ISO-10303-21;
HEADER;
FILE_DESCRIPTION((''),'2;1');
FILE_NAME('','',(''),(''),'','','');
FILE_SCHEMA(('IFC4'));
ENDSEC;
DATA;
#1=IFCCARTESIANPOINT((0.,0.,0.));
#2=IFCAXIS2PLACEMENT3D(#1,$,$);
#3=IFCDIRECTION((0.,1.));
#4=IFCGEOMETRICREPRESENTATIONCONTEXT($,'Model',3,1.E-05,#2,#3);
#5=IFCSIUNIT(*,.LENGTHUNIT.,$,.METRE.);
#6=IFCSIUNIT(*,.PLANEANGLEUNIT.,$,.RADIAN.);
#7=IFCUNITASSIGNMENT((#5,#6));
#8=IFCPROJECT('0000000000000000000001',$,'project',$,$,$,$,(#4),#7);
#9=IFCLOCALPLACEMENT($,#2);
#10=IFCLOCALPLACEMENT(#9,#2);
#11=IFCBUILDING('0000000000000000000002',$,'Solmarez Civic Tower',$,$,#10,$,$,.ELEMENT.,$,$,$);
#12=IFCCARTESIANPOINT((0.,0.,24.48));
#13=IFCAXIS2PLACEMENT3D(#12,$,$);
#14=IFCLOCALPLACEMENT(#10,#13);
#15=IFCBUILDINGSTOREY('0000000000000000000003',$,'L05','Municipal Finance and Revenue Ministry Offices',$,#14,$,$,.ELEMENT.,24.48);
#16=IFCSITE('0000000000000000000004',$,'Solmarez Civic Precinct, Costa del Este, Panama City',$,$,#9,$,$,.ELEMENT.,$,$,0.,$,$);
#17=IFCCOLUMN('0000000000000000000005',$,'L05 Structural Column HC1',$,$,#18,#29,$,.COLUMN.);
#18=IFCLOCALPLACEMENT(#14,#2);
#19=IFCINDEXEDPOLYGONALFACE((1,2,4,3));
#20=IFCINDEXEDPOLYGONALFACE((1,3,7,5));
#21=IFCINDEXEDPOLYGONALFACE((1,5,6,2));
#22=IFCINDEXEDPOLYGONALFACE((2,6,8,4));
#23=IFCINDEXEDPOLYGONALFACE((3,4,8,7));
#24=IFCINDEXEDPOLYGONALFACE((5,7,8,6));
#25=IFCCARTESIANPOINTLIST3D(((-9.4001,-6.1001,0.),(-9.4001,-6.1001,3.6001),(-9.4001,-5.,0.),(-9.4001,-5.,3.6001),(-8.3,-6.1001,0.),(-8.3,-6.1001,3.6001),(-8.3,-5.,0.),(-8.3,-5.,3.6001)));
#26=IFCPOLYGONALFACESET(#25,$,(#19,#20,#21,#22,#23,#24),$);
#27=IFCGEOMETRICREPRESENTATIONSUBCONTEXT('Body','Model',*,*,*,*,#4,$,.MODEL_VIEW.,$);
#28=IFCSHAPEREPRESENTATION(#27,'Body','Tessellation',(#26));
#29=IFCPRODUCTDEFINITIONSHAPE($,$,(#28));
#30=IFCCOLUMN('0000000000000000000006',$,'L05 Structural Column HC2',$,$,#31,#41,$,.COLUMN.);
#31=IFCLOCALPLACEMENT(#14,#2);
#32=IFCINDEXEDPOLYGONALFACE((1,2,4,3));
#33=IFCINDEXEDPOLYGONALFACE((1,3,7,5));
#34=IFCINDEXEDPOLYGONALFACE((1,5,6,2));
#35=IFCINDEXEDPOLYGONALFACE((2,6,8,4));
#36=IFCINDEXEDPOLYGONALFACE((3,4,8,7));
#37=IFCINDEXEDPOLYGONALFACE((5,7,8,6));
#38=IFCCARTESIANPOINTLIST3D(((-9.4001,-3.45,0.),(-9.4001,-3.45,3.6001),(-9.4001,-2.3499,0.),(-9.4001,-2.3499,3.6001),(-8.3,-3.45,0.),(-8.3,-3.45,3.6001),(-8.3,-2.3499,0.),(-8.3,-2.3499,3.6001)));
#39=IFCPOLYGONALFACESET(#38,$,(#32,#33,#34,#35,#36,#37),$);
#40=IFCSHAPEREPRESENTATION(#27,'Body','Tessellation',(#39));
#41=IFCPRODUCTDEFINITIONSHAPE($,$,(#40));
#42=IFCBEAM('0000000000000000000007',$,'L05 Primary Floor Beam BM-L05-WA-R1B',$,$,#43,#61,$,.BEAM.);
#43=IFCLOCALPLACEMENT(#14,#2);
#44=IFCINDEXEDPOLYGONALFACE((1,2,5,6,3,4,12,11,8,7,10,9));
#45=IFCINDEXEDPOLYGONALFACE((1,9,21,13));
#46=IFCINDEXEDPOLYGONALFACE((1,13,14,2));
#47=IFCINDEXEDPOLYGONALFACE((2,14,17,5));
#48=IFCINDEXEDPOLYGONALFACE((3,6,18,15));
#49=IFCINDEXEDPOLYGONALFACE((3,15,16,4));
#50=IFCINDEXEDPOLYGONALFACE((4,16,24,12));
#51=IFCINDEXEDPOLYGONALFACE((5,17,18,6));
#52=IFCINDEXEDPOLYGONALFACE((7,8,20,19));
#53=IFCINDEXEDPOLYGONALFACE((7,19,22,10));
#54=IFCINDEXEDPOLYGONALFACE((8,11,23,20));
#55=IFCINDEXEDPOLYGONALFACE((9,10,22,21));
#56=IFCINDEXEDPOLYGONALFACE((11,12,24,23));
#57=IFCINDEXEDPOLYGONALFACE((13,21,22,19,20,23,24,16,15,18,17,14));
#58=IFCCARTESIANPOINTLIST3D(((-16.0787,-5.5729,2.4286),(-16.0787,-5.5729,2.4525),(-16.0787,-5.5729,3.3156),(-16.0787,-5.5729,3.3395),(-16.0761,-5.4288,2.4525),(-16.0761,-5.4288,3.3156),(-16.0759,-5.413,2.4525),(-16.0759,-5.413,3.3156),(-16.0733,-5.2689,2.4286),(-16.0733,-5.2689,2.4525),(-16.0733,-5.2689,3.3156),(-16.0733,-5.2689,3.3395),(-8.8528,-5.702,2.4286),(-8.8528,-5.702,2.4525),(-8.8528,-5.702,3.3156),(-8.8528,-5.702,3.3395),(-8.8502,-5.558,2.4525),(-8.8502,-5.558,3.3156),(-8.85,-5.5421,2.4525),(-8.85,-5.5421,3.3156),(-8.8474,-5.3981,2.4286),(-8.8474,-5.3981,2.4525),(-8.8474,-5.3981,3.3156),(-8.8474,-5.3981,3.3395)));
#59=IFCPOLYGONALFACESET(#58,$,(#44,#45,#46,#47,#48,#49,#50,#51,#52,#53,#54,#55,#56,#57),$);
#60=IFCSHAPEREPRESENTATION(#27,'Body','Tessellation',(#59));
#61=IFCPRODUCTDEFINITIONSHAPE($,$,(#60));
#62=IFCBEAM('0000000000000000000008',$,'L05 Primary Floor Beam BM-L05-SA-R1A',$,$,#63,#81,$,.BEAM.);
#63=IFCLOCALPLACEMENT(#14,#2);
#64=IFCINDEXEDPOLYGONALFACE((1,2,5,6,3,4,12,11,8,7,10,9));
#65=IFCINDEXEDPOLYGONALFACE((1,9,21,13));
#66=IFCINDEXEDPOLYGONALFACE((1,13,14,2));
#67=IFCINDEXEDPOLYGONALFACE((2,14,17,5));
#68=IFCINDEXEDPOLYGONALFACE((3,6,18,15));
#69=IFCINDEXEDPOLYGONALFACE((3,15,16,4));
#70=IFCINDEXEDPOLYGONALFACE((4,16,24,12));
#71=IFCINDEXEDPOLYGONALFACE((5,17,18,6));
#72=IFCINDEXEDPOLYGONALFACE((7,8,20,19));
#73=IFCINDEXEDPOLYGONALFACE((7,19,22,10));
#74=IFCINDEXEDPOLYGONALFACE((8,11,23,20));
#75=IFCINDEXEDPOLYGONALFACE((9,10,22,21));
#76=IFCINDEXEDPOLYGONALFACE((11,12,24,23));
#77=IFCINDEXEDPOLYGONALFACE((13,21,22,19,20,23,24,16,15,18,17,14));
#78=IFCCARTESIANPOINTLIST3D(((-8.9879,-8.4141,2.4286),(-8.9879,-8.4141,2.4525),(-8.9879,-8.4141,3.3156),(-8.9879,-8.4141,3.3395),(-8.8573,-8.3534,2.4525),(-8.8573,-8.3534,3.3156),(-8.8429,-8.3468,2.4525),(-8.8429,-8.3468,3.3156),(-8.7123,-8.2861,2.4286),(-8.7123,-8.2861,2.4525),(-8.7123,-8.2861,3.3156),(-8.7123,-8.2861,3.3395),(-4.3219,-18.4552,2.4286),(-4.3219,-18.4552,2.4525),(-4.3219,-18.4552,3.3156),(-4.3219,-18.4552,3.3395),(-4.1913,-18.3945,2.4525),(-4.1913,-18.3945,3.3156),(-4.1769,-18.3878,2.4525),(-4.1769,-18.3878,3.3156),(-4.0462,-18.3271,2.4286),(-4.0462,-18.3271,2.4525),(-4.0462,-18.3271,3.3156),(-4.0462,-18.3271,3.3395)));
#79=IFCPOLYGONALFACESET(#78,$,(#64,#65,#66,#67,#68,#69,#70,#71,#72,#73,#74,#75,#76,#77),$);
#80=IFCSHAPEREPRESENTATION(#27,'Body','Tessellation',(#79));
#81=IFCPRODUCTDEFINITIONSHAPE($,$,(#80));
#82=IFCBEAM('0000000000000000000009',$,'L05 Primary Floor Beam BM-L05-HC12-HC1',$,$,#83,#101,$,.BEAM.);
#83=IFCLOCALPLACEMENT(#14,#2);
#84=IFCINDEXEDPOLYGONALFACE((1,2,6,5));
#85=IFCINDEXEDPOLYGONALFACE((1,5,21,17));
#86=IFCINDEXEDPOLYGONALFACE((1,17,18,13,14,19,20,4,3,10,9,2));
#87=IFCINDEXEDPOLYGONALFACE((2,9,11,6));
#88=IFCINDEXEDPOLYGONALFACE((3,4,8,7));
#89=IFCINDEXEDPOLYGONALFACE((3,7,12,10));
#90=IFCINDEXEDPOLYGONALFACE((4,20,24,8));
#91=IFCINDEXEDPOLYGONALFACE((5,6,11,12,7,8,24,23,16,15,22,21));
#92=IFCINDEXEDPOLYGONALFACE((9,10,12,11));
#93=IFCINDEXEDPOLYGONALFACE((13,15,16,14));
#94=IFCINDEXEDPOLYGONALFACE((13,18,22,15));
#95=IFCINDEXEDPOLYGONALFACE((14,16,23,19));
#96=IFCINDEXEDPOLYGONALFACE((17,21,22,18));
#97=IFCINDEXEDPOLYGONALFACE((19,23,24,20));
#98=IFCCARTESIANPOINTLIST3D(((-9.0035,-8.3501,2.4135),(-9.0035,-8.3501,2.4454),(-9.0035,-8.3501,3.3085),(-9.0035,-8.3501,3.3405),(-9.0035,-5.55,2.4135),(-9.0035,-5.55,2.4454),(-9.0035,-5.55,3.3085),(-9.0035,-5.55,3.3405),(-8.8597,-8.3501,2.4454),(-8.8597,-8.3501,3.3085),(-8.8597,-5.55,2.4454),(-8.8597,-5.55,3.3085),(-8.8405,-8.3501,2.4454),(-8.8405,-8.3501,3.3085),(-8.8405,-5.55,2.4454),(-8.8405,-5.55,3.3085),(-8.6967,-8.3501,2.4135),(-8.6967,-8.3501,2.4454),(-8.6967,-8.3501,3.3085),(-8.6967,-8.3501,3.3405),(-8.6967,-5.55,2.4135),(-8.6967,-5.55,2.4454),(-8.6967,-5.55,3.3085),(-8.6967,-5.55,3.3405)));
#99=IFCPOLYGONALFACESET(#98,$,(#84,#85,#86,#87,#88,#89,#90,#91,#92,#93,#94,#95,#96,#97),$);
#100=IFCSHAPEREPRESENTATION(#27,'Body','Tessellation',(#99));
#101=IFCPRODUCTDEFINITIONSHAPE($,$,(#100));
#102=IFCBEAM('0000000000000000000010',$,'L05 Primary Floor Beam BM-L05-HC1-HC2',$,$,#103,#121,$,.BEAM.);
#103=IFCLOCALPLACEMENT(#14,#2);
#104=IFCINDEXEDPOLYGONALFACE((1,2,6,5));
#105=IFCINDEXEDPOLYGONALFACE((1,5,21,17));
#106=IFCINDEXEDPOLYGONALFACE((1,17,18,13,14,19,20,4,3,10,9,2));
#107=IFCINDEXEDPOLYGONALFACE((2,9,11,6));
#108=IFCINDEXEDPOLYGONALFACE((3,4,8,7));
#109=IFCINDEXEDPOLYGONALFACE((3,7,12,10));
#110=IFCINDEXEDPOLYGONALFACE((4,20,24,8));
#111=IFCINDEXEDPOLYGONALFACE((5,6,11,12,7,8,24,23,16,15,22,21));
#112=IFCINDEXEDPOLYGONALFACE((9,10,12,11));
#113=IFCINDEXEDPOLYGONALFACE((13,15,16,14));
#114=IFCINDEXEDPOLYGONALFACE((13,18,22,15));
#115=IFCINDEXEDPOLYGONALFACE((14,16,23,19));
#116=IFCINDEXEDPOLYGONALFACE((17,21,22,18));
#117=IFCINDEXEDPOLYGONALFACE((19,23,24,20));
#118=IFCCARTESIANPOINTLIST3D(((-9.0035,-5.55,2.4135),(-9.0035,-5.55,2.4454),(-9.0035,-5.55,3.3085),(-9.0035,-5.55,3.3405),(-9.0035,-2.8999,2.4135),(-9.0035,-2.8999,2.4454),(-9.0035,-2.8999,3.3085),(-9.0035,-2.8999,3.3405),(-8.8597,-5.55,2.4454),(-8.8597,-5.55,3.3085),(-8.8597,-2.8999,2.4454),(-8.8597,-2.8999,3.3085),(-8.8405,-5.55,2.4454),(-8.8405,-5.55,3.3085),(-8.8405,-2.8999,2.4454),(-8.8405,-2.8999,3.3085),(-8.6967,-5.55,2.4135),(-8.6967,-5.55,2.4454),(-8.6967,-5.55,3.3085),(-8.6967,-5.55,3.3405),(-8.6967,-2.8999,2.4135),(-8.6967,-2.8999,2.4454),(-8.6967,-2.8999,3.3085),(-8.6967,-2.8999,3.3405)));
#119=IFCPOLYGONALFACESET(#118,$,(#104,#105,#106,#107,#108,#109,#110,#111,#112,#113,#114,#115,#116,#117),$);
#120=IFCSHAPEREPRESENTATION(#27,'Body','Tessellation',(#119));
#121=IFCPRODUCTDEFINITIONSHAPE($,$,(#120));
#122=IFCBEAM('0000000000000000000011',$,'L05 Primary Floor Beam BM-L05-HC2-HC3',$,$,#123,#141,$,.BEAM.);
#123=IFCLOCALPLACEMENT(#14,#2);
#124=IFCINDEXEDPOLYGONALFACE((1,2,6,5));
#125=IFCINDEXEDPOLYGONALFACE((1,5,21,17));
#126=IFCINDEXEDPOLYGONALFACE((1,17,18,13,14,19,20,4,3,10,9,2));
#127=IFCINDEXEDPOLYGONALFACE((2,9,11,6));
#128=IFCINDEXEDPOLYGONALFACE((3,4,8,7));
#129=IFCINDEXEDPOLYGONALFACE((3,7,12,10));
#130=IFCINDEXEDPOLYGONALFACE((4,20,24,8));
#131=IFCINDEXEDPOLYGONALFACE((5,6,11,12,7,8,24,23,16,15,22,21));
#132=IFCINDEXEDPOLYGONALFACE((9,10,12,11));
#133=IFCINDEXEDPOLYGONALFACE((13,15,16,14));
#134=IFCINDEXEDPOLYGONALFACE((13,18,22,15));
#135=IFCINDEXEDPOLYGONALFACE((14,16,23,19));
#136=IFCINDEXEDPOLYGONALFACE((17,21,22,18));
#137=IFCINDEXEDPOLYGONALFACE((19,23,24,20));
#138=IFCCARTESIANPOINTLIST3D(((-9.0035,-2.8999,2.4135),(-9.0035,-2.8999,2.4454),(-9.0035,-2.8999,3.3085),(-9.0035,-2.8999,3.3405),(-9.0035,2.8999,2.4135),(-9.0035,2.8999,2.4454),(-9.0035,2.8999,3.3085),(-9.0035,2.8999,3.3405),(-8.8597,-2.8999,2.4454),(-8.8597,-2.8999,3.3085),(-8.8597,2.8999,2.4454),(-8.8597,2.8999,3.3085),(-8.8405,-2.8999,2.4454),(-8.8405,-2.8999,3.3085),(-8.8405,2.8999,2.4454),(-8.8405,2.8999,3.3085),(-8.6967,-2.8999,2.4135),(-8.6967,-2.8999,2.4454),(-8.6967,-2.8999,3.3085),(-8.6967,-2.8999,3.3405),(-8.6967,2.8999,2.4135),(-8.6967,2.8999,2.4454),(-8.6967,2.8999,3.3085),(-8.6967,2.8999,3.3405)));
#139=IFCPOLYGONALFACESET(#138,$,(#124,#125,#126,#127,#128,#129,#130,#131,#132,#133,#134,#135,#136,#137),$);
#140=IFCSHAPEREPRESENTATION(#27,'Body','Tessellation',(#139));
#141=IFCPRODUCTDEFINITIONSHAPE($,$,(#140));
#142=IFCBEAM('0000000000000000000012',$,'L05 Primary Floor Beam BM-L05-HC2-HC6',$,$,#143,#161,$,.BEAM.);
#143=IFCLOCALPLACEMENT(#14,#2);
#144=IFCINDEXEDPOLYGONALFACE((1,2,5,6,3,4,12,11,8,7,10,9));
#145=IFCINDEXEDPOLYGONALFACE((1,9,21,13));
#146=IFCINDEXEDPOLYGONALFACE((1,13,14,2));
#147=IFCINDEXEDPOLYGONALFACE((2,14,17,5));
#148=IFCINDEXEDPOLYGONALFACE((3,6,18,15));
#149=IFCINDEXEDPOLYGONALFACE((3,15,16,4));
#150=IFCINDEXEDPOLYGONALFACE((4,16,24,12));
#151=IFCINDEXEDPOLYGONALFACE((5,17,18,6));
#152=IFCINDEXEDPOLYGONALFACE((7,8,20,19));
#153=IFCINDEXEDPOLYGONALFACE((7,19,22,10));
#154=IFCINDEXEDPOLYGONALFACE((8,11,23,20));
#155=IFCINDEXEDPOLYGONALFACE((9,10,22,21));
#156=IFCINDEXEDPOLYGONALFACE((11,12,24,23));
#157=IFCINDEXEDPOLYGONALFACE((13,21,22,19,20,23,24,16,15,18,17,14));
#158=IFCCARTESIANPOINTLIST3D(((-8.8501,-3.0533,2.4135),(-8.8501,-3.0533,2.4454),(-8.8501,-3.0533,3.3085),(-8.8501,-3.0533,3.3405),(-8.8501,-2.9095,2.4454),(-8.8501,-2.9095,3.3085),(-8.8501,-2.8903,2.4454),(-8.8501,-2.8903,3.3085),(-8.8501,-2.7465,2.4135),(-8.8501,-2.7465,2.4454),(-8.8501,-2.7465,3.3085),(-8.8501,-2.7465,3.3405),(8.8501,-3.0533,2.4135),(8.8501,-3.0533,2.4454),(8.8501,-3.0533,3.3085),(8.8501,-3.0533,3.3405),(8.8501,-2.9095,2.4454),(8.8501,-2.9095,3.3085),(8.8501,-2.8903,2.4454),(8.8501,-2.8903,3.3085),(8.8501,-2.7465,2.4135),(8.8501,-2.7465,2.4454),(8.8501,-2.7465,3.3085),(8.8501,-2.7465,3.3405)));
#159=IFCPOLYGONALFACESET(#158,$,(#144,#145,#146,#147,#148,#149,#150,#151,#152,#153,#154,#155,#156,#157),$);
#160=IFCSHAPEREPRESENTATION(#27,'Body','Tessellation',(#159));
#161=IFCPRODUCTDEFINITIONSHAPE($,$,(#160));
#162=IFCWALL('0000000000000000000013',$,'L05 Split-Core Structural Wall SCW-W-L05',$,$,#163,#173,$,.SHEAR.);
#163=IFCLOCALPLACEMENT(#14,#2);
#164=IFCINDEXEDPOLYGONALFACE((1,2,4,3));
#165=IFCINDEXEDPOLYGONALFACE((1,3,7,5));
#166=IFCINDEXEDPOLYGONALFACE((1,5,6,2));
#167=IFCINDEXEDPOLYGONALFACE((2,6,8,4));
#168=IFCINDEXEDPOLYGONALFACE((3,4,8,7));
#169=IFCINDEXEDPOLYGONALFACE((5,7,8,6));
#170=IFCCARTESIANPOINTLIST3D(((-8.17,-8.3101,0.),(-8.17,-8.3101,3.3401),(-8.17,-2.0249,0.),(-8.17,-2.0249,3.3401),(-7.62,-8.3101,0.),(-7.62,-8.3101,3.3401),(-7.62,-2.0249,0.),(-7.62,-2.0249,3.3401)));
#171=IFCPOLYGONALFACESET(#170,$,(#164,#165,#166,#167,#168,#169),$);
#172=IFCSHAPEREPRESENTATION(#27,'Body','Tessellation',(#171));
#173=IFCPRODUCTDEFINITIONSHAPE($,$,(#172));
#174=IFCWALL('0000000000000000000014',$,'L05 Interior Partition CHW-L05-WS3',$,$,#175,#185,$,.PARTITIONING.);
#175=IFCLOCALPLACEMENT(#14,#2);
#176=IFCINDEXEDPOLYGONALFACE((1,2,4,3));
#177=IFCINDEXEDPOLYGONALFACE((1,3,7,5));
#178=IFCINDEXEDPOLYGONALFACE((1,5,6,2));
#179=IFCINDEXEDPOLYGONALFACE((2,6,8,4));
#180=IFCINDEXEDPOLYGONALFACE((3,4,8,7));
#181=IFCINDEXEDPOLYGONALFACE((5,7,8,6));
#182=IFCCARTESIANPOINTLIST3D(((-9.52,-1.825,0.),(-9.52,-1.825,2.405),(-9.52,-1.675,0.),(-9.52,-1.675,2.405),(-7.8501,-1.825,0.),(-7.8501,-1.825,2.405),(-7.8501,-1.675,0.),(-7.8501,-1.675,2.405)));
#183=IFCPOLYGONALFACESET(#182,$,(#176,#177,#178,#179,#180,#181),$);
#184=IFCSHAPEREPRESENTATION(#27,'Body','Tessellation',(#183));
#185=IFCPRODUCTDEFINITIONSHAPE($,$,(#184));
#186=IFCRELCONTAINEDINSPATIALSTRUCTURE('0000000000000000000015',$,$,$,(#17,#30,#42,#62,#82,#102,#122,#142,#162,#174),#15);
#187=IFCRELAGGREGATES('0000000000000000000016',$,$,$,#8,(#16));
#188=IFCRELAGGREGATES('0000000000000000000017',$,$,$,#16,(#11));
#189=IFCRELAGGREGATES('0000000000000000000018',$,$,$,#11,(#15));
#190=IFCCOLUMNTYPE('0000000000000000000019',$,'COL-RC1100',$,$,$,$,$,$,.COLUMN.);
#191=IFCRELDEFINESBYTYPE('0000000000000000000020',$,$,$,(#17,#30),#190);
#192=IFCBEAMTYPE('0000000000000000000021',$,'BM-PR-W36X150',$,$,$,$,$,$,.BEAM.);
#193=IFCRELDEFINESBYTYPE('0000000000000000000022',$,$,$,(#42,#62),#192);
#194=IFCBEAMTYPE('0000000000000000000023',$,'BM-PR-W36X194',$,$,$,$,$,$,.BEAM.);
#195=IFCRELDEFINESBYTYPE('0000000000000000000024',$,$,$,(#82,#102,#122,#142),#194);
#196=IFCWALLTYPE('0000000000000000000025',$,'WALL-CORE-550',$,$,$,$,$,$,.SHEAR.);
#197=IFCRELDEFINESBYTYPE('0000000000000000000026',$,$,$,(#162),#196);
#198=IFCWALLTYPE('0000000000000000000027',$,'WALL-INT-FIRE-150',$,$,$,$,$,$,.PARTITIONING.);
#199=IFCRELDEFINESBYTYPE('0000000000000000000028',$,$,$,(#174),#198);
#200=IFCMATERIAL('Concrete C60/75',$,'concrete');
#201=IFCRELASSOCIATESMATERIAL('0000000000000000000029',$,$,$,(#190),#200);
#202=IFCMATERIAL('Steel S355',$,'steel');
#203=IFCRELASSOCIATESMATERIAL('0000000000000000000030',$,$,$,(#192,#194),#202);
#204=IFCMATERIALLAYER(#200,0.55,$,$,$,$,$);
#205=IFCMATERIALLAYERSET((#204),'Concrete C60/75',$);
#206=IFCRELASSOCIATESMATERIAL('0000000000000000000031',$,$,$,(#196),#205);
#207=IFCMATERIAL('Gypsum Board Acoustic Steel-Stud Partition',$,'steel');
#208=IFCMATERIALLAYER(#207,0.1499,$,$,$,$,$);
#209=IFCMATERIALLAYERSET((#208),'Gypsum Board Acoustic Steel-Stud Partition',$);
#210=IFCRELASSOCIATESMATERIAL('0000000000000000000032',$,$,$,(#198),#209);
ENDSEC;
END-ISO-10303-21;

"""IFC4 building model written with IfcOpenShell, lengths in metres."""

from ifc_helpers import new_model, si_unit, direction, frame, frame_2d, origin, origin_2d, place, context, subcontext, project, spatial, rectangle, i_section, extrude, material, layer, layer_set, material_profile, profile_set, type_object, element, save


model = new_model("IFC4")

# Units and contexts
model_context = context("Model", 3, precision=1e-05, world=origin(), true_north=direction((0.0, 1.0)))
body_context = subcontext(model_context, "Body", "Model", "MODEL_VIEW")
ifc_project = project(units=[si_unit("LENGTHUNIT", "METRE"), si_unit("PLANEANGLEUNIT", "RADIAN")], contexts=[model_context])

# Site, building, storey
site_placement = place(None, origin())
site = spatial("IfcSite", under=ifc_project, at=site_placement, Name="Solmarez Civic Precinct, Costa del Este, Panama City", CompositionType="ELEMENT", RefElevation=0.0)
building_placement = place(site_placement, origin())
building = spatial("IfcBuilding", under=site, at=building_placement, Name="Solmarez Civic Tower", CompositionType="ELEMENT")
storey_placement = place(building_placement, frame((0.0, 0.0, 24.48)))
storey = spatial("IfcBuildingStorey", under=building, at=storey_placement, Name="L05", Description="Municipal Finance and Revenue Ministry Offices", CompositionType="ELEMENT", Elevation=24.48)

# Columns
ifc_material_1 = material(Name="Concrete C60/75", Category="concrete")
ifc_material_profile_1 = material_profile(ifc_material_1, rectangle(XDim=1.1001, YDim=1.1001, at=origin_2d()), Name="RC1100X1100")
ifc_profile_set_1 = profile_set([ifc_material_profile_1], Name="Concrete C60/75")
column_type = type_object("IfcColumnType", Name="COL-RC1100", PredefinedType="COLUMN", material=ifc_profile_set_1)
for number, where, z_axis, x_axis, name in (
    (1, (-8.8501, -5.55, 0.0), (0.0, 0.0, 1.0), (1.0, 0.0, 0.0), "L05 Structural Column HC1"),
    (2, (-8.8501, -2.8999, 0.0), (0.0, 0.0, 1.0), (1.0, 0.0, 0.0), "L05 Structural Column HC2"),
):
    element("IfcColumn", number, at=place(storey_placement, frame(where, z_axis=z_axis, x_axis=x_axis)), inside=storey, type_object=column_type, Name=name, PredefinedType="COLUMN", context=body_context, shape_type="SweptSolid", body=[
        extrude(rectangle(XDim=1.1001, YDim=1.1001, at=origin_2d()), origin(), (0.0, 0.0, 1.0), 3.6001),
    ])

# Beams
ifc_material_2 = material(Name="Steel S355", Category="steel")
ifc_material_profile_2 = material_profile(ifc_material_2, i_section(OverallWidth=0.304, OverallDepth=0.9109, WebThickness=0.0159, FlangeThickness=0.0239, at=origin_2d()), Name="W36X150")
ifc_profile_set_2 = profile_set([ifc_material_profile_2], Name="Steel S355")
beam_type_1 = type_object("IfcBeamType", Name="BM-PR-W36X150", PredefinedType="BEAM", material=ifc_profile_set_2)
beam_1_placement = place(storey_placement, frame((-8.8501, -5.55, 2.884), z_axis=(-0.99984, 0.017871, 0.0), x_axis=(-0.017871, -0.99984, 0.0)))
element("IfcBeam", 3, at=beam_1_placement, inside=storey, type_object=beam_type_1, Name="L05 Primary Floor Beam BM-L05-WA-R1B", PredefinedType="BEAM", context=body_context, shape_type="SweptSolid", body=[
    extrude(i_section(OverallWidth=0.304, OverallDepth=0.9109, WebThickness=0.0159, FlangeThickness=0.0239, at=origin_2d()), origin(), (0.0, 0.0, 1.0), 7.2271),
])
beam_2_placement = place(storey_placement, frame((-8.8501, -8.3501, 2.884), z_axis=(0.421417, -0.906867, 0.0), x_axis=(0.906867, 0.421417, 0.0)))
element("IfcBeam", 4, at=beam_2_placement, inside=storey, type_object=beam_type_1, Name="L05 Primary Floor Beam BM-L05-SA-R1A", PredefinedType="BEAM", context=body_context, shape_type="SweptSolid", body=[
    extrude(i_section(OverallWidth=0.304, OverallDepth=0.9109, WebThickness=0.0159, FlangeThickness=0.0239, at=origin_2d()), origin(), (0.0, 0.0, 1.0), 11.0723),
])
ifc_material_profile_3 = material_profile(ifc_material_2, i_section(OverallWidth=0.3069, OverallDepth=0.927, WebThickness=0.0193, FlangeThickness=0.032, at=origin_2d()), Name="W36X194")
ifc_profile_set_3 = profile_set([ifc_material_profile_3], Name="Steel S355")
beam_type_2 = type_object("IfcBeamType", Name="BM-PR-W36X194", PredefinedType="BEAM", material=ifc_profile_set_3)
beam_3_placement = place(storey_placement, frame((-8.8501, -8.3501, 2.877), z_axis=(0.0, 1.0, 0.0), x_axis=(-1.0, 0.0, 0.0)))
element("IfcBeam", 5, at=beam_3_placement, inside=storey, type_object=beam_type_2, Name="L05 Primary Floor Beam BM-L05-HC12-HC1", PredefinedType="BEAM", context=body_context, shape_type="SweptSolid", body=[
    extrude(i_section(OverallWidth=0.3069, OverallDepth=0.927, WebThickness=0.0193, FlangeThickness=0.032, at=origin_2d()), origin(), (0.0, 0.0, 1.0), 2.8),
])
beam_4_placement = place(storey_placement, frame((-8.8501, -5.55, 2.877), z_axis=(0.0, 1.0, 0.0), x_axis=(-1.0, 0.0, 0.0)))
element("IfcBeam", 6, at=beam_4_placement, inside=storey, type_object=beam_type_2, Name="L05 Primary Floor Beam BM-L05-HC1-HC2", PredefinedType="BEAM", context=body_context, shape_type="SweptSolid", body=[
    extrude(i_section(OverallWidth=0.3069, OverallDepth=0.927, WebThickness=0.0193, FlangeThickness=0.032, at=origin_2d()), origin(), (0.0, 0.0, 1.0), 2.6501),
])
beam_5_placement = place(storey_placement, frame((-8.8501, -2.8999, 2.877), z_axis=(0.0, 1.0, 0.0), x_axis=(-1.0, 0.0, 0.0)))
element("IfcBeam", 7, at=beam_5_placement, inside=storey, type_object=beam_type_2, Name="L05 Primary Floor Beam BM-L05-HC2-HC3", PredefinedType="BEAM", context=body_context, shape_type="SweptSolid", body=[
    extrude(i_section(OverallWidth=0.3069, OverallDepth=0.927, WebThickness=0.0193, FlangeThickness=0.032, at=origin_2d()), origin(), (0.0, 0.0, 1.0), 5.7998),
])
beam_6_placement = place(storey_placement, frame((-8.8501, -2.8999, 2.877), z_axis=(1.0, 0.0, 0.0), x_axis=(0.0, 1.0, 0.0)))
element("IfcBeam", 8, at=beam_6_placement, inside=storey, type_object=beam_type_2, Name="L05 Primary Floor Beam BM-L05-HC2-HC6", PredefinedType="BEAM", context=body_context, shape_type="SweptSolid", body=[
    extrude(i_section(OverallWidth=0.3069, OverallDepth=0.927, WebThickness=0.0193, FlangeThickness=0.032, at=origin_2d()), origin(), (0.0, 0.0, 1.0), 17.7002),
])

# Shared definitions
ifc_layer_1 = layer(ifc_material_1, 0.55)
ifc_layer_set_1 = layer_set([ifc_layer_1], Name="Concrete C60/75")
wall_type_1 = type_object("IfcWallType", Name="WALL-CORE-550", PredefinedType="SHEAR", material=ifc_layer_set_1)

# Walls
wall_1_placement = place(storey_placement, frame((-7.895, -8.3101, 0.0), z_axis=(0.0, 0.0, 1.0), x_axis=(0.0, 1.0, 0.0)))
element("IfcWall", 9, at=wall_1_placement, inside=storey, type_object=wall_type_1, Name="L05 Split-Core Structural Wall SCW-W-L05", PredefinedType="SHEAR", context=body_context, shape_type="SweptSolid", body=[
    extrude(rectangle(XDim=6.2852, YDim=0.55, at=frame_2d((3.1426, 0.0))), origin(), (0.0, 0.0, 1.0), 3.3401),
])
ifc_material_3 = material(Name="Gypsum Board Acoustic Steel-Stud Partition", Category="steel")
ifc_layer_2 = layer(ifc_material_3, 0.1499)
ifc_layer_set_2 = layer_set([ifc_layer_2], Name="Gypsum Board Acoustic Steel-Stud Partition")
wall_type_2 = type_object("IfcWallType", Name="WALL-INT-FIRE-150", PredefinedType="PARTITIONING", material=ifc_layer_set_2)
wall_2_placement = place(storey_placement, frame((-7.8501, -1.75, 0.0), z_axis=(0.0, 0.0, 1.0), x_axis=(-1.0, 0.0, 0.0)))
element("IfcWall", 10, at=wall_2_placement, inside=storey, type_object=wall_type_2, Name="L05 Interior Partition CHW-L05-WS3", PredefinedType="PARTITIONING", context=body_context, shape_type="SweptSolid", body=[
    extrude(rectangle(XDim=1.6699, YDim=0.1499, at=frame_2d((0.835, 0.0))), origin(), (0.0, 0.0, 1.0), 2.405),
])

save(model, "model.ifc")
